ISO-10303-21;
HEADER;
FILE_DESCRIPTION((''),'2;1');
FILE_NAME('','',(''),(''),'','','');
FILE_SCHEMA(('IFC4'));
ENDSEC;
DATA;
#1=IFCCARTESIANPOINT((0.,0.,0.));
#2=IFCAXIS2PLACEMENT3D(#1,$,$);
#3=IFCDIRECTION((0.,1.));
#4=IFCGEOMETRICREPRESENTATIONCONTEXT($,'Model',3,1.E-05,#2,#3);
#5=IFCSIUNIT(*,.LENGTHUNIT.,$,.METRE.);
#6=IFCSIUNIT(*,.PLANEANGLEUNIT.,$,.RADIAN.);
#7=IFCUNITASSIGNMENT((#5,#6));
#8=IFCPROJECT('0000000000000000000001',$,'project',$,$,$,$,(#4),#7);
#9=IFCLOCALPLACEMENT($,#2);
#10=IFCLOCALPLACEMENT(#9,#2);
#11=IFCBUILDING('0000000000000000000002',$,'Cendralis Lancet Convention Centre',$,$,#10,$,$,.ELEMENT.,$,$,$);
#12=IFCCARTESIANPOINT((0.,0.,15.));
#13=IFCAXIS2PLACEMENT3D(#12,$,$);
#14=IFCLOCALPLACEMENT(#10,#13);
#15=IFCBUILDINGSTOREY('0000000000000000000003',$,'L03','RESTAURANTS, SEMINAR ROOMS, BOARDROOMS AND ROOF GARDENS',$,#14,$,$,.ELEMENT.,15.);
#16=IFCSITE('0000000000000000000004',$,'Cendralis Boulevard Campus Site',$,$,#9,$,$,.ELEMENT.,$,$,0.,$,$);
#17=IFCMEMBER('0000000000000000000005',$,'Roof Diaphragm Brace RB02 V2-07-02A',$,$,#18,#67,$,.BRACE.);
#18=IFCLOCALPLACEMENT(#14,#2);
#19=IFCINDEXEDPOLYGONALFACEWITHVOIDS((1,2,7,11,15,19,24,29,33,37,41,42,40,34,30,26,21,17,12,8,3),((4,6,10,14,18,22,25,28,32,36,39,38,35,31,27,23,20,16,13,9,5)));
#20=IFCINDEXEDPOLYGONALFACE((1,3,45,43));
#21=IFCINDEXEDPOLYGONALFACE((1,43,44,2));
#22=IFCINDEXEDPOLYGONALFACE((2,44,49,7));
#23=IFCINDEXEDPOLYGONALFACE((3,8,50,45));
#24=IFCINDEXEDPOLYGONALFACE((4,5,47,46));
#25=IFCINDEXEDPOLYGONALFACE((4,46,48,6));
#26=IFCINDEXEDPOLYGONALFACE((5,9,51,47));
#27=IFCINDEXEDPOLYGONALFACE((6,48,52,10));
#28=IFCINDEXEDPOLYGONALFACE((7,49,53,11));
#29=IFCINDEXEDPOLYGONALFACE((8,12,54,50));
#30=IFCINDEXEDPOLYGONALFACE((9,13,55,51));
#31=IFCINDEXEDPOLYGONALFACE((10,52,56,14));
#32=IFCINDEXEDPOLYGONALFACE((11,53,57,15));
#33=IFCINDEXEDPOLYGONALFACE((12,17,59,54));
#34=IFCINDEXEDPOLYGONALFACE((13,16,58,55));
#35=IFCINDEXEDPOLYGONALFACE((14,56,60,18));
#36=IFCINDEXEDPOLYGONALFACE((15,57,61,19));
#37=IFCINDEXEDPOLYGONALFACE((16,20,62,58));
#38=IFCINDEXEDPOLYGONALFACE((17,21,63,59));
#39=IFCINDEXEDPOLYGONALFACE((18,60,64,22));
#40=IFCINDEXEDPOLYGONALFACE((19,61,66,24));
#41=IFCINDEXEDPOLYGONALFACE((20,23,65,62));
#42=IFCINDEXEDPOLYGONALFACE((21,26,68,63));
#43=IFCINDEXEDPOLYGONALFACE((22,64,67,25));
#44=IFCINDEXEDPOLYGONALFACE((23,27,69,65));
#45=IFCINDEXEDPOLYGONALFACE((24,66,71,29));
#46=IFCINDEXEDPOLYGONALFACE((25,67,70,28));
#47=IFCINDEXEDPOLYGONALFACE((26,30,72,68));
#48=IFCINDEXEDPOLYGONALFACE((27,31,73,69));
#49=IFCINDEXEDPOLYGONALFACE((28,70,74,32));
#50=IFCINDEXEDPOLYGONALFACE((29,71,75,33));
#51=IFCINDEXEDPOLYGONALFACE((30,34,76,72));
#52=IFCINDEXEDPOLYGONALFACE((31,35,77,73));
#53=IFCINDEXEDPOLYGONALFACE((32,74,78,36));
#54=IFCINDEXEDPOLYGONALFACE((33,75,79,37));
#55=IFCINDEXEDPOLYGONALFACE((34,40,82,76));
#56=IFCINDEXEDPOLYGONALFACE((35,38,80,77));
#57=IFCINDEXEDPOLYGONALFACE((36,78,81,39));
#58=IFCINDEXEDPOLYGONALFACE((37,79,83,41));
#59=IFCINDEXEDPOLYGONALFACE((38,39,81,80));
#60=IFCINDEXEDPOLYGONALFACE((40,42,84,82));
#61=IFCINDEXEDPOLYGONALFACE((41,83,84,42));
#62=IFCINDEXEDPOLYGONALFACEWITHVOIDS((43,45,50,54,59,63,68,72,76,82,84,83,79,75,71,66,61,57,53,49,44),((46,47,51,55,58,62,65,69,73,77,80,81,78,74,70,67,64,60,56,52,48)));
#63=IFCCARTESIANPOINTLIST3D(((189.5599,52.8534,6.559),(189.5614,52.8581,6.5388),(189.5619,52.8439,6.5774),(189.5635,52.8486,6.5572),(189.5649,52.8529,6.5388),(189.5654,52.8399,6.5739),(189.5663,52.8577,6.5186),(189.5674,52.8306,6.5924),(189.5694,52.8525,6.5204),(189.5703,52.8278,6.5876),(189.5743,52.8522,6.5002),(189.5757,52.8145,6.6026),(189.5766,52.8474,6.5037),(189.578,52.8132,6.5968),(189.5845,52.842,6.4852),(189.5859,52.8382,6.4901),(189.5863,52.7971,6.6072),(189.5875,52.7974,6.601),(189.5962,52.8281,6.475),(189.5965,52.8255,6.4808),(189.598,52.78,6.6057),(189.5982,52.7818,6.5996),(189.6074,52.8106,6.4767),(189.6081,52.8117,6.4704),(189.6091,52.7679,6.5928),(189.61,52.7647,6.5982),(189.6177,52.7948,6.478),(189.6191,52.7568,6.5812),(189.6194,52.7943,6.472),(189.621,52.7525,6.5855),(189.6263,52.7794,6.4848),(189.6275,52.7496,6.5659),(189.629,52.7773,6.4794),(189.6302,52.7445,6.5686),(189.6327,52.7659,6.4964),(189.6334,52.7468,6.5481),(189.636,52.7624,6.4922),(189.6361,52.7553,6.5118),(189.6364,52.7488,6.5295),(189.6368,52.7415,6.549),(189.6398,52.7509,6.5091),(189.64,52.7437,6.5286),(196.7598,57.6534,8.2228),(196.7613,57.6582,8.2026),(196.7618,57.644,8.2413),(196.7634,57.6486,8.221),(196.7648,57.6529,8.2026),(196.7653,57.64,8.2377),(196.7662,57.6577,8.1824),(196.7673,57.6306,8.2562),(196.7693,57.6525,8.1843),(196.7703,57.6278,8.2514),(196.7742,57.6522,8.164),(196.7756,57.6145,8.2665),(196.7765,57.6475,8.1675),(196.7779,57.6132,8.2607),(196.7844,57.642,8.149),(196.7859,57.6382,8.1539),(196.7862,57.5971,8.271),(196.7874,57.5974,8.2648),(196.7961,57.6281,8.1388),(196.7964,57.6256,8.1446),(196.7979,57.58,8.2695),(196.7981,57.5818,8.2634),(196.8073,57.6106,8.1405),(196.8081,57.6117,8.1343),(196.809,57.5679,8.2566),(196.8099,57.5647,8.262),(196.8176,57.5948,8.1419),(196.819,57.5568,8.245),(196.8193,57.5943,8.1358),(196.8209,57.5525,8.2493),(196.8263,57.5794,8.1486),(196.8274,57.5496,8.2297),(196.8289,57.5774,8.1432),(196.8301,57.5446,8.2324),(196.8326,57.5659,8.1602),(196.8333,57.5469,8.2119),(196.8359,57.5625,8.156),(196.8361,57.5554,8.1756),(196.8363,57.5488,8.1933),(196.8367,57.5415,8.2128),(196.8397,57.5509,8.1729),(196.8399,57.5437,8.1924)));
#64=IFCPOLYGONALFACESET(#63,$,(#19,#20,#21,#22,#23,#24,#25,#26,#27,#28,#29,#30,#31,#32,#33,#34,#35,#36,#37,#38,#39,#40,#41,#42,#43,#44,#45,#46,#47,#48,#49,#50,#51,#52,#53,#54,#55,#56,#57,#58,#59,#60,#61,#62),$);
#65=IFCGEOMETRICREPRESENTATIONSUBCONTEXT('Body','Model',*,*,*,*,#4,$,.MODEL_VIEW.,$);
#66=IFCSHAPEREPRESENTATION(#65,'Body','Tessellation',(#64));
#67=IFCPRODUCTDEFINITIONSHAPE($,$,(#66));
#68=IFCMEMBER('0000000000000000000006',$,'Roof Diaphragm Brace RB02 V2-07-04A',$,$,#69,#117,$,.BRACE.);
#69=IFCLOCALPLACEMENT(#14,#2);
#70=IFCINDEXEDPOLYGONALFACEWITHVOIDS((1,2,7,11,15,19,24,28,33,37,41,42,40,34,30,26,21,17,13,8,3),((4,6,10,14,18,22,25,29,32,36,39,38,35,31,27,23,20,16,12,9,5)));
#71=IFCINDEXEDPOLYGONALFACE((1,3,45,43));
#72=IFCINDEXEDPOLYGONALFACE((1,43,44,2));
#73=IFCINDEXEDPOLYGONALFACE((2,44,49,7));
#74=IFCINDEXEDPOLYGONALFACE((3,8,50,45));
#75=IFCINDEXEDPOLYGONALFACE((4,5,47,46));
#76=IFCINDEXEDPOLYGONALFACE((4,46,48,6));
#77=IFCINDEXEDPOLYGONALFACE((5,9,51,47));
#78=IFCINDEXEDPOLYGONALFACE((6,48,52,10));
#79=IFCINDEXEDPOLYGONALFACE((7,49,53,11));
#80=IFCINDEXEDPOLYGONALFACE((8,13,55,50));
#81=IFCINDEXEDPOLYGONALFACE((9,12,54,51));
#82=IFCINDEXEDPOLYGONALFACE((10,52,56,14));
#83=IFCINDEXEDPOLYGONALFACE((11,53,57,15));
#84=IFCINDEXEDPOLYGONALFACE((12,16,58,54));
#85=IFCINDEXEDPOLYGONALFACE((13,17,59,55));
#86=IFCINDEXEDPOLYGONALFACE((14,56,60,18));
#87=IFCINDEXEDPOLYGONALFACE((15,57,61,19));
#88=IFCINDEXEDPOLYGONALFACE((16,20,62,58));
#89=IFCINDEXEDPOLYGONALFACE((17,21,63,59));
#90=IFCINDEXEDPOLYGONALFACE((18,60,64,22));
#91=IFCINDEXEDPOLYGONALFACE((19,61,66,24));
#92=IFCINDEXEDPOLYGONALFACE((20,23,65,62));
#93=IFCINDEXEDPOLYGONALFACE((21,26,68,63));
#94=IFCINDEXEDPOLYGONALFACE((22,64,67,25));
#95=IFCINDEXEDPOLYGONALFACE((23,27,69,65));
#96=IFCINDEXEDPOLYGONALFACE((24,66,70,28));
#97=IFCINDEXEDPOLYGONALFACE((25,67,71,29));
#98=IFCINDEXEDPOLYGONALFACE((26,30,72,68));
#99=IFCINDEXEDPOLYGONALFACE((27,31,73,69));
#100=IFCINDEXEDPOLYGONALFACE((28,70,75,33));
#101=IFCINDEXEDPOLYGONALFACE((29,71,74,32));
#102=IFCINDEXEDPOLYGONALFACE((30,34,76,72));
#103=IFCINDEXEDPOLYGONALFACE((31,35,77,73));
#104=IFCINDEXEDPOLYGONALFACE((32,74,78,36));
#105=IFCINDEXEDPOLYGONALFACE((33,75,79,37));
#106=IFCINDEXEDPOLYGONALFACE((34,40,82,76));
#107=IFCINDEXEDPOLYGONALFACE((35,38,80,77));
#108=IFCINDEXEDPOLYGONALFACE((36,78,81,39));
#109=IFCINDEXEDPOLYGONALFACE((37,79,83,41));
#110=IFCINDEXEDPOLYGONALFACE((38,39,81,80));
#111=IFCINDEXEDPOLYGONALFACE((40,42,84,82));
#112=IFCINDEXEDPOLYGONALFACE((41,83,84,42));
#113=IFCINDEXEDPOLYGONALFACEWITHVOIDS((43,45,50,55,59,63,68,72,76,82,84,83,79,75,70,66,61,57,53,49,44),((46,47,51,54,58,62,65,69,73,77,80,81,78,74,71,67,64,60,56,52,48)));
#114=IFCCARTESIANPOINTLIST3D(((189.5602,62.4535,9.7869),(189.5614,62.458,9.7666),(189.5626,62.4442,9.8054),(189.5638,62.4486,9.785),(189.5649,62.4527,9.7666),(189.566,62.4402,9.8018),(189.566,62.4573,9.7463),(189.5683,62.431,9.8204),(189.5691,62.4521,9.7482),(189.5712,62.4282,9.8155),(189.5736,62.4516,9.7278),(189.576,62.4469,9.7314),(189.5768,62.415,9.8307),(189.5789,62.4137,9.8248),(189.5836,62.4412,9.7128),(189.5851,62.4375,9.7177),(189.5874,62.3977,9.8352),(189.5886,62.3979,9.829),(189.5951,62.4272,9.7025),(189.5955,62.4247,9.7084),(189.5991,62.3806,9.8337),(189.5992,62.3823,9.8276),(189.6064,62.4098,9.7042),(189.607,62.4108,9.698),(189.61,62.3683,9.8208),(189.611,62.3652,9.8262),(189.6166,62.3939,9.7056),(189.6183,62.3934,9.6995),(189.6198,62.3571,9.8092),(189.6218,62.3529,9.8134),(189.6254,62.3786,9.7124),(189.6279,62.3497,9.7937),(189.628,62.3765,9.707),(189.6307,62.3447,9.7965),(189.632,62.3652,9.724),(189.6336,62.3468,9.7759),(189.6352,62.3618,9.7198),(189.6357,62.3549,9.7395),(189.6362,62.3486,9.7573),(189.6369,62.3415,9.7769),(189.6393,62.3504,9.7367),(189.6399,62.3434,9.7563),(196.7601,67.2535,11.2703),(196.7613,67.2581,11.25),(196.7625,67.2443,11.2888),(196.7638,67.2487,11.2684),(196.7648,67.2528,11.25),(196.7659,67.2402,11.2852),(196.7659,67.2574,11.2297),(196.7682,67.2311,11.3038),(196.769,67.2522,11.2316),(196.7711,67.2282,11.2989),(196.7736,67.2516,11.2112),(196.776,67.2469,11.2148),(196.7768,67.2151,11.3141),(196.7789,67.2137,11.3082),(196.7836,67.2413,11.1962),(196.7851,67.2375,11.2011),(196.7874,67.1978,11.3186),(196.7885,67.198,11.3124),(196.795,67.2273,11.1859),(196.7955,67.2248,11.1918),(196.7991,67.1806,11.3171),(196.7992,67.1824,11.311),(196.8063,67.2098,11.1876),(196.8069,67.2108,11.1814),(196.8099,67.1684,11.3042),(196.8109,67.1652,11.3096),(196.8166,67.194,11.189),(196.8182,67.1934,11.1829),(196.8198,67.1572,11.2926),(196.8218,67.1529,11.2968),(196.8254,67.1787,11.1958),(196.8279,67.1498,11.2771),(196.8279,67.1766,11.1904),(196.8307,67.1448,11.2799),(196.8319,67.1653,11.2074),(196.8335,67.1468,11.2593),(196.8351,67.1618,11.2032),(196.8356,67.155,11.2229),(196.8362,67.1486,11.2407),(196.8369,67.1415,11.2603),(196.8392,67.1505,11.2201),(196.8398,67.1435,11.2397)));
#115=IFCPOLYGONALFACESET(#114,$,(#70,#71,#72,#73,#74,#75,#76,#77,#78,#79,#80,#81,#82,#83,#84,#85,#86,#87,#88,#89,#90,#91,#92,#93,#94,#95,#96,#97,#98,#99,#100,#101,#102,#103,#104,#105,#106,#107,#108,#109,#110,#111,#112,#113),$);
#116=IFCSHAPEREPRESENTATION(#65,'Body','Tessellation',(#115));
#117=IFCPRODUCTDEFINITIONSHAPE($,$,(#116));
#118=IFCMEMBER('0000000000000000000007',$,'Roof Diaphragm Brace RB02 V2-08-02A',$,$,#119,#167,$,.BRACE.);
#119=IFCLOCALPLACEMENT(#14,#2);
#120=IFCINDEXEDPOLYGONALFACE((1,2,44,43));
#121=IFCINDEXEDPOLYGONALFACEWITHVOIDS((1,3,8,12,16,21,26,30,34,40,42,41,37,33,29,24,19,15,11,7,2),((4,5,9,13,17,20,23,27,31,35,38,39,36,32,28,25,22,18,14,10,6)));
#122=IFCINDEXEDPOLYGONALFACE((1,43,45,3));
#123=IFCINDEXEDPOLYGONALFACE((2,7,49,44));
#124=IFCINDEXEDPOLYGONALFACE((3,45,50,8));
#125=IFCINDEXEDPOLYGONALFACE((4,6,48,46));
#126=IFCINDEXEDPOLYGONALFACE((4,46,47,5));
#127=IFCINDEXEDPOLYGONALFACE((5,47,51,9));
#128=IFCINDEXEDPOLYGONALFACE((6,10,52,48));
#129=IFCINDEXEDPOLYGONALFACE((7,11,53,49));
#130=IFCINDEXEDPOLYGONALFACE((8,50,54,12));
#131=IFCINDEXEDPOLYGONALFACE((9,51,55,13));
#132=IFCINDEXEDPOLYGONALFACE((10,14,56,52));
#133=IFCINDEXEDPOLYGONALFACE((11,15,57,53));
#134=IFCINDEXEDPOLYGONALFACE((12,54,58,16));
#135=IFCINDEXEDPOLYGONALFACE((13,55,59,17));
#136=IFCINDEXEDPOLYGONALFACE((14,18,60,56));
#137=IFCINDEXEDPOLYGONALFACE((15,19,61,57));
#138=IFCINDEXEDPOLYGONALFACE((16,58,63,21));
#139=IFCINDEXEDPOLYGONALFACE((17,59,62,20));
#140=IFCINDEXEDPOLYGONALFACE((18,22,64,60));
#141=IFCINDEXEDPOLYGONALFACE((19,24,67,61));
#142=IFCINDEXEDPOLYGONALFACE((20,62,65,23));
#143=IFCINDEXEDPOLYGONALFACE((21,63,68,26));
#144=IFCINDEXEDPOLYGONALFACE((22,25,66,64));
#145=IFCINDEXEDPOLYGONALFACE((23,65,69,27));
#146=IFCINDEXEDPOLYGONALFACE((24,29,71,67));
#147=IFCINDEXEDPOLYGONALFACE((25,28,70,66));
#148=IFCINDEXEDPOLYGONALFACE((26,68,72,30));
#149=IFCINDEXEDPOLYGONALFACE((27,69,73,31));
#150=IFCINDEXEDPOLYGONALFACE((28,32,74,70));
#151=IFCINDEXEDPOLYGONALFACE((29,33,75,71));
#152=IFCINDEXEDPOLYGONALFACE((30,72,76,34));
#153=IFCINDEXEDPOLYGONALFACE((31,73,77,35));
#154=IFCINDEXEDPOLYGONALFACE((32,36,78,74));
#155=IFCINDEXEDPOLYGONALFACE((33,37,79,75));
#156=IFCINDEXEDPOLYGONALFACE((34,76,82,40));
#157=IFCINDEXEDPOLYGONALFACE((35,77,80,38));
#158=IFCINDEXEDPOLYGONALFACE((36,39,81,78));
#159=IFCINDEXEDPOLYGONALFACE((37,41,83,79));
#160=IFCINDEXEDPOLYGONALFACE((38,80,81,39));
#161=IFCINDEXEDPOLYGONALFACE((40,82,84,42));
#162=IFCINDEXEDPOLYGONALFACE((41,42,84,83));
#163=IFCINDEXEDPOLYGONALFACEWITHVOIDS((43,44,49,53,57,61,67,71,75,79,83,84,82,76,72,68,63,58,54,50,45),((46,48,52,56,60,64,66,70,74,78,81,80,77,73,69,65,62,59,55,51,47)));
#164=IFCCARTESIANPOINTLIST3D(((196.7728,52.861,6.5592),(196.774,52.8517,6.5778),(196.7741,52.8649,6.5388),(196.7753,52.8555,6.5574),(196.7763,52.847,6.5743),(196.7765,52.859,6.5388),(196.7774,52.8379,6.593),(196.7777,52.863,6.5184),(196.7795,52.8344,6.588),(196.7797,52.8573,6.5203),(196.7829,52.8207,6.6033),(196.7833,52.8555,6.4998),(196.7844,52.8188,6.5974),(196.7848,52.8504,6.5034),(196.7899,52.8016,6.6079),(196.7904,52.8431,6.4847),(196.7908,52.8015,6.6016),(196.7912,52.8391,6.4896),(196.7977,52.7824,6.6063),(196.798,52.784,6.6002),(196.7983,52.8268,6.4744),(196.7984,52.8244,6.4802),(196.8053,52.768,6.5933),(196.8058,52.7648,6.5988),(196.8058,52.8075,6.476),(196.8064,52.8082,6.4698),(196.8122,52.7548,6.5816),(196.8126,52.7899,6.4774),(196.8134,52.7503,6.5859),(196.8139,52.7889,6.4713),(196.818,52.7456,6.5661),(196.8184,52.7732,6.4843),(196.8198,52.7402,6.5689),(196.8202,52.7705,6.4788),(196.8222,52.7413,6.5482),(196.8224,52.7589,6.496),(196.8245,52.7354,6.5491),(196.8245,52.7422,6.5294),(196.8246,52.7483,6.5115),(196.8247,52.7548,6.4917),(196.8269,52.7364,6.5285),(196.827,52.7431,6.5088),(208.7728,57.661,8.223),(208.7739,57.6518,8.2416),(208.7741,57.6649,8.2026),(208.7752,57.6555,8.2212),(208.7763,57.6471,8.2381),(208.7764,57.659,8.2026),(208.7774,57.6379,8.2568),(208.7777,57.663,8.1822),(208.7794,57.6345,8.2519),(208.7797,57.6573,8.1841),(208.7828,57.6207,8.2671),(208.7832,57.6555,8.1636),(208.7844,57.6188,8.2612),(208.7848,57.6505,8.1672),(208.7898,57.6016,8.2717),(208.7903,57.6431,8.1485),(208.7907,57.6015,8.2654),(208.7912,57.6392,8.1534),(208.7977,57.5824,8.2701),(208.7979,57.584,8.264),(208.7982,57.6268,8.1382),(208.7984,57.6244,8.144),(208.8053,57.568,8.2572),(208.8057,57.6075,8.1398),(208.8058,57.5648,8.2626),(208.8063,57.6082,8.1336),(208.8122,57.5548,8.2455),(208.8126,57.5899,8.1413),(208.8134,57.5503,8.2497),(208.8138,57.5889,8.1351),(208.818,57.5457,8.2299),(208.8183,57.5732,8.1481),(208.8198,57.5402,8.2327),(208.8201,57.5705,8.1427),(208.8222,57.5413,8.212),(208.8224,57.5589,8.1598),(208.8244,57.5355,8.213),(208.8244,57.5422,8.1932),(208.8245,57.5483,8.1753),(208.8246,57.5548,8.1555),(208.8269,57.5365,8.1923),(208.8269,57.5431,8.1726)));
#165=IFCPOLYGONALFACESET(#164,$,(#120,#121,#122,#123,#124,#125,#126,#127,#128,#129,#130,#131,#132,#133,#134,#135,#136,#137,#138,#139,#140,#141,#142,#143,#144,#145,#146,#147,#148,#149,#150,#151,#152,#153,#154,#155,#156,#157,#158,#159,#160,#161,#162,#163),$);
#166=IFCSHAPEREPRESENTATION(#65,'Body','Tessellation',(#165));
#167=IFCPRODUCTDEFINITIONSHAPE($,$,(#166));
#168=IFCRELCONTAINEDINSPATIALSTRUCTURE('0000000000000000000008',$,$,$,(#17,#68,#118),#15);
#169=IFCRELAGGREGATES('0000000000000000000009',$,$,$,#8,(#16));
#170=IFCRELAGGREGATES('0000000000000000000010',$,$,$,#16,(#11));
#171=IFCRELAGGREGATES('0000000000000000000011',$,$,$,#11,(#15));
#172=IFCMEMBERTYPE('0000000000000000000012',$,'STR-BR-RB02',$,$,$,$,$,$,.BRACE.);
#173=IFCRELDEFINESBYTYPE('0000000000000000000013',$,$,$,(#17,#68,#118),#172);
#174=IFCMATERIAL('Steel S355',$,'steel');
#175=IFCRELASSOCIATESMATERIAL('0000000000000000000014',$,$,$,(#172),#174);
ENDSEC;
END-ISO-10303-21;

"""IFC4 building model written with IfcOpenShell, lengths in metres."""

from ifc_helpers import new_model, si_unit, direction, frame, origin, origin_2d, place, context, subcontext, project, spatial, hollow_circle, extrude, material, material_profile, profile_set, type_object, element, save


model = new_model("IFC4")

# Units and contexts
model_context = context("Model", 3, precision=1e-05, world=origin(), true_north=direction((0.0, 1.0)))
body_context = subcontext(model_context, "Body", "Model", "MODEL_VIEW")
ifc_project = project(units=[si_unit("LENGTHUNIT", "METRE"), si_unit("PLANEANGLEUNIT", "RADIAN")], contexts=[model_context])

# Site, building, storey
site_placement = place(None, origin())
site = spatial("IfcSite", under=ifc_project, at=site_placement, Name="Cendralis Boulevard Campus Site", CompositionType="ELEMENT", RefElevation=0.0)
building_placement = place(site_placement, origin())
building = spatial("IfcBuilding", under=site, at=building_placement, Name="Cendralis Lancet Convention Centre", CompositionType="ELEMENT")
storey_placement = place(building_placement, frame((0.0, 0.0, 15.0)))
storey = spatial("IfcBuildingStorey", under=building, at=storey_placement, Name="L03", Description="RESTAURANTS, SEMINAR ROOMS, BOARDROOMS AND ROOF GARDENS", CompositionType="ELEMENT", Elevation=15.0)

# Members
ifc_material = material(Name="Steel S355", Category="steel")
ifc_material_profile_1 = material_profile(ifc_material, hollow_circle(Radius=0.0698, WallThickness=0.0063, at=origin_2d()), Name="CHS 139.7x6.3")
ifc_profile_set_1 = profile_set([ifc_material_profile_1], Name="Steel S355")
member_type_1 = type_object("IfcMemberType", Name="STR-BR-RB02", PredefinedType="BRACE", material=ifc_profile_set_1)
member_1_placement = place(storey_placement, frame((189.6001, 52.8, 6.5388), z_axis=(0.817079, 0.544729, 0.188817), x_axis=(-0.554707, 0.832046, 0.0)))
element("IfcMember", 1, at=member_1_placement, inside=storey, type_object=member_type_1, Name="Roof Diaphragm Brace RB02 V2-07-02A", PredefinedType="BRACE", context=body_context, shape_type="SweptSolid", body=[
    extrude(hollow_circle(Radius=0.0698, WallThickness=0.0063, at=origin_2d()), origin(), (0.0, 0.0, 1.0), 8.8118),
])
member_2_placement = place(storey_placement, frame((189.6001, 62.3999, 9.7666), z_axis=(0.820083, 0.546732, 0.168961), x_axis=(-0.554707, 0.832046, 0.0)))
element("IfcMember", 2, at=member_2_placement, inside=storey, type_object=member_type_1, Name="Roof Diaphragm Brace RB02 V2-07-04A", PredefinedType="BRACE", context=body_context, shape_type="SweptSolid", body=[
    extrude(hollow_circle(Radius=0.0698, WallThickness=0.0063, at=origin_2d()), origin(), (0.0, 0.0, 1.0), 8.7795),
])
member_3_placement = place(storey_placement, frame((196.8, 52.8, 6.5388), z_axis=(0.920876, 0.368354, 0.127681), x_axis=(-0.371394, 0.928475, 0.0)))
element("IfcMember", 3, at=member_3_placement, inside=storey, type_object=member_type_1, Name="Roof Diaphragm Brace RB02 V2-08-02A", PredefinedType="BRACE", context=body_context, shape_type="SweptSolid", body=[
    extrude(hollow_circle(Radius=0.0698, WallThickness=0.0063, at=origin_2d()), origin(), (0.0, 0.0, 1.0), 13.031),
])

save(model, "model.ifc")
